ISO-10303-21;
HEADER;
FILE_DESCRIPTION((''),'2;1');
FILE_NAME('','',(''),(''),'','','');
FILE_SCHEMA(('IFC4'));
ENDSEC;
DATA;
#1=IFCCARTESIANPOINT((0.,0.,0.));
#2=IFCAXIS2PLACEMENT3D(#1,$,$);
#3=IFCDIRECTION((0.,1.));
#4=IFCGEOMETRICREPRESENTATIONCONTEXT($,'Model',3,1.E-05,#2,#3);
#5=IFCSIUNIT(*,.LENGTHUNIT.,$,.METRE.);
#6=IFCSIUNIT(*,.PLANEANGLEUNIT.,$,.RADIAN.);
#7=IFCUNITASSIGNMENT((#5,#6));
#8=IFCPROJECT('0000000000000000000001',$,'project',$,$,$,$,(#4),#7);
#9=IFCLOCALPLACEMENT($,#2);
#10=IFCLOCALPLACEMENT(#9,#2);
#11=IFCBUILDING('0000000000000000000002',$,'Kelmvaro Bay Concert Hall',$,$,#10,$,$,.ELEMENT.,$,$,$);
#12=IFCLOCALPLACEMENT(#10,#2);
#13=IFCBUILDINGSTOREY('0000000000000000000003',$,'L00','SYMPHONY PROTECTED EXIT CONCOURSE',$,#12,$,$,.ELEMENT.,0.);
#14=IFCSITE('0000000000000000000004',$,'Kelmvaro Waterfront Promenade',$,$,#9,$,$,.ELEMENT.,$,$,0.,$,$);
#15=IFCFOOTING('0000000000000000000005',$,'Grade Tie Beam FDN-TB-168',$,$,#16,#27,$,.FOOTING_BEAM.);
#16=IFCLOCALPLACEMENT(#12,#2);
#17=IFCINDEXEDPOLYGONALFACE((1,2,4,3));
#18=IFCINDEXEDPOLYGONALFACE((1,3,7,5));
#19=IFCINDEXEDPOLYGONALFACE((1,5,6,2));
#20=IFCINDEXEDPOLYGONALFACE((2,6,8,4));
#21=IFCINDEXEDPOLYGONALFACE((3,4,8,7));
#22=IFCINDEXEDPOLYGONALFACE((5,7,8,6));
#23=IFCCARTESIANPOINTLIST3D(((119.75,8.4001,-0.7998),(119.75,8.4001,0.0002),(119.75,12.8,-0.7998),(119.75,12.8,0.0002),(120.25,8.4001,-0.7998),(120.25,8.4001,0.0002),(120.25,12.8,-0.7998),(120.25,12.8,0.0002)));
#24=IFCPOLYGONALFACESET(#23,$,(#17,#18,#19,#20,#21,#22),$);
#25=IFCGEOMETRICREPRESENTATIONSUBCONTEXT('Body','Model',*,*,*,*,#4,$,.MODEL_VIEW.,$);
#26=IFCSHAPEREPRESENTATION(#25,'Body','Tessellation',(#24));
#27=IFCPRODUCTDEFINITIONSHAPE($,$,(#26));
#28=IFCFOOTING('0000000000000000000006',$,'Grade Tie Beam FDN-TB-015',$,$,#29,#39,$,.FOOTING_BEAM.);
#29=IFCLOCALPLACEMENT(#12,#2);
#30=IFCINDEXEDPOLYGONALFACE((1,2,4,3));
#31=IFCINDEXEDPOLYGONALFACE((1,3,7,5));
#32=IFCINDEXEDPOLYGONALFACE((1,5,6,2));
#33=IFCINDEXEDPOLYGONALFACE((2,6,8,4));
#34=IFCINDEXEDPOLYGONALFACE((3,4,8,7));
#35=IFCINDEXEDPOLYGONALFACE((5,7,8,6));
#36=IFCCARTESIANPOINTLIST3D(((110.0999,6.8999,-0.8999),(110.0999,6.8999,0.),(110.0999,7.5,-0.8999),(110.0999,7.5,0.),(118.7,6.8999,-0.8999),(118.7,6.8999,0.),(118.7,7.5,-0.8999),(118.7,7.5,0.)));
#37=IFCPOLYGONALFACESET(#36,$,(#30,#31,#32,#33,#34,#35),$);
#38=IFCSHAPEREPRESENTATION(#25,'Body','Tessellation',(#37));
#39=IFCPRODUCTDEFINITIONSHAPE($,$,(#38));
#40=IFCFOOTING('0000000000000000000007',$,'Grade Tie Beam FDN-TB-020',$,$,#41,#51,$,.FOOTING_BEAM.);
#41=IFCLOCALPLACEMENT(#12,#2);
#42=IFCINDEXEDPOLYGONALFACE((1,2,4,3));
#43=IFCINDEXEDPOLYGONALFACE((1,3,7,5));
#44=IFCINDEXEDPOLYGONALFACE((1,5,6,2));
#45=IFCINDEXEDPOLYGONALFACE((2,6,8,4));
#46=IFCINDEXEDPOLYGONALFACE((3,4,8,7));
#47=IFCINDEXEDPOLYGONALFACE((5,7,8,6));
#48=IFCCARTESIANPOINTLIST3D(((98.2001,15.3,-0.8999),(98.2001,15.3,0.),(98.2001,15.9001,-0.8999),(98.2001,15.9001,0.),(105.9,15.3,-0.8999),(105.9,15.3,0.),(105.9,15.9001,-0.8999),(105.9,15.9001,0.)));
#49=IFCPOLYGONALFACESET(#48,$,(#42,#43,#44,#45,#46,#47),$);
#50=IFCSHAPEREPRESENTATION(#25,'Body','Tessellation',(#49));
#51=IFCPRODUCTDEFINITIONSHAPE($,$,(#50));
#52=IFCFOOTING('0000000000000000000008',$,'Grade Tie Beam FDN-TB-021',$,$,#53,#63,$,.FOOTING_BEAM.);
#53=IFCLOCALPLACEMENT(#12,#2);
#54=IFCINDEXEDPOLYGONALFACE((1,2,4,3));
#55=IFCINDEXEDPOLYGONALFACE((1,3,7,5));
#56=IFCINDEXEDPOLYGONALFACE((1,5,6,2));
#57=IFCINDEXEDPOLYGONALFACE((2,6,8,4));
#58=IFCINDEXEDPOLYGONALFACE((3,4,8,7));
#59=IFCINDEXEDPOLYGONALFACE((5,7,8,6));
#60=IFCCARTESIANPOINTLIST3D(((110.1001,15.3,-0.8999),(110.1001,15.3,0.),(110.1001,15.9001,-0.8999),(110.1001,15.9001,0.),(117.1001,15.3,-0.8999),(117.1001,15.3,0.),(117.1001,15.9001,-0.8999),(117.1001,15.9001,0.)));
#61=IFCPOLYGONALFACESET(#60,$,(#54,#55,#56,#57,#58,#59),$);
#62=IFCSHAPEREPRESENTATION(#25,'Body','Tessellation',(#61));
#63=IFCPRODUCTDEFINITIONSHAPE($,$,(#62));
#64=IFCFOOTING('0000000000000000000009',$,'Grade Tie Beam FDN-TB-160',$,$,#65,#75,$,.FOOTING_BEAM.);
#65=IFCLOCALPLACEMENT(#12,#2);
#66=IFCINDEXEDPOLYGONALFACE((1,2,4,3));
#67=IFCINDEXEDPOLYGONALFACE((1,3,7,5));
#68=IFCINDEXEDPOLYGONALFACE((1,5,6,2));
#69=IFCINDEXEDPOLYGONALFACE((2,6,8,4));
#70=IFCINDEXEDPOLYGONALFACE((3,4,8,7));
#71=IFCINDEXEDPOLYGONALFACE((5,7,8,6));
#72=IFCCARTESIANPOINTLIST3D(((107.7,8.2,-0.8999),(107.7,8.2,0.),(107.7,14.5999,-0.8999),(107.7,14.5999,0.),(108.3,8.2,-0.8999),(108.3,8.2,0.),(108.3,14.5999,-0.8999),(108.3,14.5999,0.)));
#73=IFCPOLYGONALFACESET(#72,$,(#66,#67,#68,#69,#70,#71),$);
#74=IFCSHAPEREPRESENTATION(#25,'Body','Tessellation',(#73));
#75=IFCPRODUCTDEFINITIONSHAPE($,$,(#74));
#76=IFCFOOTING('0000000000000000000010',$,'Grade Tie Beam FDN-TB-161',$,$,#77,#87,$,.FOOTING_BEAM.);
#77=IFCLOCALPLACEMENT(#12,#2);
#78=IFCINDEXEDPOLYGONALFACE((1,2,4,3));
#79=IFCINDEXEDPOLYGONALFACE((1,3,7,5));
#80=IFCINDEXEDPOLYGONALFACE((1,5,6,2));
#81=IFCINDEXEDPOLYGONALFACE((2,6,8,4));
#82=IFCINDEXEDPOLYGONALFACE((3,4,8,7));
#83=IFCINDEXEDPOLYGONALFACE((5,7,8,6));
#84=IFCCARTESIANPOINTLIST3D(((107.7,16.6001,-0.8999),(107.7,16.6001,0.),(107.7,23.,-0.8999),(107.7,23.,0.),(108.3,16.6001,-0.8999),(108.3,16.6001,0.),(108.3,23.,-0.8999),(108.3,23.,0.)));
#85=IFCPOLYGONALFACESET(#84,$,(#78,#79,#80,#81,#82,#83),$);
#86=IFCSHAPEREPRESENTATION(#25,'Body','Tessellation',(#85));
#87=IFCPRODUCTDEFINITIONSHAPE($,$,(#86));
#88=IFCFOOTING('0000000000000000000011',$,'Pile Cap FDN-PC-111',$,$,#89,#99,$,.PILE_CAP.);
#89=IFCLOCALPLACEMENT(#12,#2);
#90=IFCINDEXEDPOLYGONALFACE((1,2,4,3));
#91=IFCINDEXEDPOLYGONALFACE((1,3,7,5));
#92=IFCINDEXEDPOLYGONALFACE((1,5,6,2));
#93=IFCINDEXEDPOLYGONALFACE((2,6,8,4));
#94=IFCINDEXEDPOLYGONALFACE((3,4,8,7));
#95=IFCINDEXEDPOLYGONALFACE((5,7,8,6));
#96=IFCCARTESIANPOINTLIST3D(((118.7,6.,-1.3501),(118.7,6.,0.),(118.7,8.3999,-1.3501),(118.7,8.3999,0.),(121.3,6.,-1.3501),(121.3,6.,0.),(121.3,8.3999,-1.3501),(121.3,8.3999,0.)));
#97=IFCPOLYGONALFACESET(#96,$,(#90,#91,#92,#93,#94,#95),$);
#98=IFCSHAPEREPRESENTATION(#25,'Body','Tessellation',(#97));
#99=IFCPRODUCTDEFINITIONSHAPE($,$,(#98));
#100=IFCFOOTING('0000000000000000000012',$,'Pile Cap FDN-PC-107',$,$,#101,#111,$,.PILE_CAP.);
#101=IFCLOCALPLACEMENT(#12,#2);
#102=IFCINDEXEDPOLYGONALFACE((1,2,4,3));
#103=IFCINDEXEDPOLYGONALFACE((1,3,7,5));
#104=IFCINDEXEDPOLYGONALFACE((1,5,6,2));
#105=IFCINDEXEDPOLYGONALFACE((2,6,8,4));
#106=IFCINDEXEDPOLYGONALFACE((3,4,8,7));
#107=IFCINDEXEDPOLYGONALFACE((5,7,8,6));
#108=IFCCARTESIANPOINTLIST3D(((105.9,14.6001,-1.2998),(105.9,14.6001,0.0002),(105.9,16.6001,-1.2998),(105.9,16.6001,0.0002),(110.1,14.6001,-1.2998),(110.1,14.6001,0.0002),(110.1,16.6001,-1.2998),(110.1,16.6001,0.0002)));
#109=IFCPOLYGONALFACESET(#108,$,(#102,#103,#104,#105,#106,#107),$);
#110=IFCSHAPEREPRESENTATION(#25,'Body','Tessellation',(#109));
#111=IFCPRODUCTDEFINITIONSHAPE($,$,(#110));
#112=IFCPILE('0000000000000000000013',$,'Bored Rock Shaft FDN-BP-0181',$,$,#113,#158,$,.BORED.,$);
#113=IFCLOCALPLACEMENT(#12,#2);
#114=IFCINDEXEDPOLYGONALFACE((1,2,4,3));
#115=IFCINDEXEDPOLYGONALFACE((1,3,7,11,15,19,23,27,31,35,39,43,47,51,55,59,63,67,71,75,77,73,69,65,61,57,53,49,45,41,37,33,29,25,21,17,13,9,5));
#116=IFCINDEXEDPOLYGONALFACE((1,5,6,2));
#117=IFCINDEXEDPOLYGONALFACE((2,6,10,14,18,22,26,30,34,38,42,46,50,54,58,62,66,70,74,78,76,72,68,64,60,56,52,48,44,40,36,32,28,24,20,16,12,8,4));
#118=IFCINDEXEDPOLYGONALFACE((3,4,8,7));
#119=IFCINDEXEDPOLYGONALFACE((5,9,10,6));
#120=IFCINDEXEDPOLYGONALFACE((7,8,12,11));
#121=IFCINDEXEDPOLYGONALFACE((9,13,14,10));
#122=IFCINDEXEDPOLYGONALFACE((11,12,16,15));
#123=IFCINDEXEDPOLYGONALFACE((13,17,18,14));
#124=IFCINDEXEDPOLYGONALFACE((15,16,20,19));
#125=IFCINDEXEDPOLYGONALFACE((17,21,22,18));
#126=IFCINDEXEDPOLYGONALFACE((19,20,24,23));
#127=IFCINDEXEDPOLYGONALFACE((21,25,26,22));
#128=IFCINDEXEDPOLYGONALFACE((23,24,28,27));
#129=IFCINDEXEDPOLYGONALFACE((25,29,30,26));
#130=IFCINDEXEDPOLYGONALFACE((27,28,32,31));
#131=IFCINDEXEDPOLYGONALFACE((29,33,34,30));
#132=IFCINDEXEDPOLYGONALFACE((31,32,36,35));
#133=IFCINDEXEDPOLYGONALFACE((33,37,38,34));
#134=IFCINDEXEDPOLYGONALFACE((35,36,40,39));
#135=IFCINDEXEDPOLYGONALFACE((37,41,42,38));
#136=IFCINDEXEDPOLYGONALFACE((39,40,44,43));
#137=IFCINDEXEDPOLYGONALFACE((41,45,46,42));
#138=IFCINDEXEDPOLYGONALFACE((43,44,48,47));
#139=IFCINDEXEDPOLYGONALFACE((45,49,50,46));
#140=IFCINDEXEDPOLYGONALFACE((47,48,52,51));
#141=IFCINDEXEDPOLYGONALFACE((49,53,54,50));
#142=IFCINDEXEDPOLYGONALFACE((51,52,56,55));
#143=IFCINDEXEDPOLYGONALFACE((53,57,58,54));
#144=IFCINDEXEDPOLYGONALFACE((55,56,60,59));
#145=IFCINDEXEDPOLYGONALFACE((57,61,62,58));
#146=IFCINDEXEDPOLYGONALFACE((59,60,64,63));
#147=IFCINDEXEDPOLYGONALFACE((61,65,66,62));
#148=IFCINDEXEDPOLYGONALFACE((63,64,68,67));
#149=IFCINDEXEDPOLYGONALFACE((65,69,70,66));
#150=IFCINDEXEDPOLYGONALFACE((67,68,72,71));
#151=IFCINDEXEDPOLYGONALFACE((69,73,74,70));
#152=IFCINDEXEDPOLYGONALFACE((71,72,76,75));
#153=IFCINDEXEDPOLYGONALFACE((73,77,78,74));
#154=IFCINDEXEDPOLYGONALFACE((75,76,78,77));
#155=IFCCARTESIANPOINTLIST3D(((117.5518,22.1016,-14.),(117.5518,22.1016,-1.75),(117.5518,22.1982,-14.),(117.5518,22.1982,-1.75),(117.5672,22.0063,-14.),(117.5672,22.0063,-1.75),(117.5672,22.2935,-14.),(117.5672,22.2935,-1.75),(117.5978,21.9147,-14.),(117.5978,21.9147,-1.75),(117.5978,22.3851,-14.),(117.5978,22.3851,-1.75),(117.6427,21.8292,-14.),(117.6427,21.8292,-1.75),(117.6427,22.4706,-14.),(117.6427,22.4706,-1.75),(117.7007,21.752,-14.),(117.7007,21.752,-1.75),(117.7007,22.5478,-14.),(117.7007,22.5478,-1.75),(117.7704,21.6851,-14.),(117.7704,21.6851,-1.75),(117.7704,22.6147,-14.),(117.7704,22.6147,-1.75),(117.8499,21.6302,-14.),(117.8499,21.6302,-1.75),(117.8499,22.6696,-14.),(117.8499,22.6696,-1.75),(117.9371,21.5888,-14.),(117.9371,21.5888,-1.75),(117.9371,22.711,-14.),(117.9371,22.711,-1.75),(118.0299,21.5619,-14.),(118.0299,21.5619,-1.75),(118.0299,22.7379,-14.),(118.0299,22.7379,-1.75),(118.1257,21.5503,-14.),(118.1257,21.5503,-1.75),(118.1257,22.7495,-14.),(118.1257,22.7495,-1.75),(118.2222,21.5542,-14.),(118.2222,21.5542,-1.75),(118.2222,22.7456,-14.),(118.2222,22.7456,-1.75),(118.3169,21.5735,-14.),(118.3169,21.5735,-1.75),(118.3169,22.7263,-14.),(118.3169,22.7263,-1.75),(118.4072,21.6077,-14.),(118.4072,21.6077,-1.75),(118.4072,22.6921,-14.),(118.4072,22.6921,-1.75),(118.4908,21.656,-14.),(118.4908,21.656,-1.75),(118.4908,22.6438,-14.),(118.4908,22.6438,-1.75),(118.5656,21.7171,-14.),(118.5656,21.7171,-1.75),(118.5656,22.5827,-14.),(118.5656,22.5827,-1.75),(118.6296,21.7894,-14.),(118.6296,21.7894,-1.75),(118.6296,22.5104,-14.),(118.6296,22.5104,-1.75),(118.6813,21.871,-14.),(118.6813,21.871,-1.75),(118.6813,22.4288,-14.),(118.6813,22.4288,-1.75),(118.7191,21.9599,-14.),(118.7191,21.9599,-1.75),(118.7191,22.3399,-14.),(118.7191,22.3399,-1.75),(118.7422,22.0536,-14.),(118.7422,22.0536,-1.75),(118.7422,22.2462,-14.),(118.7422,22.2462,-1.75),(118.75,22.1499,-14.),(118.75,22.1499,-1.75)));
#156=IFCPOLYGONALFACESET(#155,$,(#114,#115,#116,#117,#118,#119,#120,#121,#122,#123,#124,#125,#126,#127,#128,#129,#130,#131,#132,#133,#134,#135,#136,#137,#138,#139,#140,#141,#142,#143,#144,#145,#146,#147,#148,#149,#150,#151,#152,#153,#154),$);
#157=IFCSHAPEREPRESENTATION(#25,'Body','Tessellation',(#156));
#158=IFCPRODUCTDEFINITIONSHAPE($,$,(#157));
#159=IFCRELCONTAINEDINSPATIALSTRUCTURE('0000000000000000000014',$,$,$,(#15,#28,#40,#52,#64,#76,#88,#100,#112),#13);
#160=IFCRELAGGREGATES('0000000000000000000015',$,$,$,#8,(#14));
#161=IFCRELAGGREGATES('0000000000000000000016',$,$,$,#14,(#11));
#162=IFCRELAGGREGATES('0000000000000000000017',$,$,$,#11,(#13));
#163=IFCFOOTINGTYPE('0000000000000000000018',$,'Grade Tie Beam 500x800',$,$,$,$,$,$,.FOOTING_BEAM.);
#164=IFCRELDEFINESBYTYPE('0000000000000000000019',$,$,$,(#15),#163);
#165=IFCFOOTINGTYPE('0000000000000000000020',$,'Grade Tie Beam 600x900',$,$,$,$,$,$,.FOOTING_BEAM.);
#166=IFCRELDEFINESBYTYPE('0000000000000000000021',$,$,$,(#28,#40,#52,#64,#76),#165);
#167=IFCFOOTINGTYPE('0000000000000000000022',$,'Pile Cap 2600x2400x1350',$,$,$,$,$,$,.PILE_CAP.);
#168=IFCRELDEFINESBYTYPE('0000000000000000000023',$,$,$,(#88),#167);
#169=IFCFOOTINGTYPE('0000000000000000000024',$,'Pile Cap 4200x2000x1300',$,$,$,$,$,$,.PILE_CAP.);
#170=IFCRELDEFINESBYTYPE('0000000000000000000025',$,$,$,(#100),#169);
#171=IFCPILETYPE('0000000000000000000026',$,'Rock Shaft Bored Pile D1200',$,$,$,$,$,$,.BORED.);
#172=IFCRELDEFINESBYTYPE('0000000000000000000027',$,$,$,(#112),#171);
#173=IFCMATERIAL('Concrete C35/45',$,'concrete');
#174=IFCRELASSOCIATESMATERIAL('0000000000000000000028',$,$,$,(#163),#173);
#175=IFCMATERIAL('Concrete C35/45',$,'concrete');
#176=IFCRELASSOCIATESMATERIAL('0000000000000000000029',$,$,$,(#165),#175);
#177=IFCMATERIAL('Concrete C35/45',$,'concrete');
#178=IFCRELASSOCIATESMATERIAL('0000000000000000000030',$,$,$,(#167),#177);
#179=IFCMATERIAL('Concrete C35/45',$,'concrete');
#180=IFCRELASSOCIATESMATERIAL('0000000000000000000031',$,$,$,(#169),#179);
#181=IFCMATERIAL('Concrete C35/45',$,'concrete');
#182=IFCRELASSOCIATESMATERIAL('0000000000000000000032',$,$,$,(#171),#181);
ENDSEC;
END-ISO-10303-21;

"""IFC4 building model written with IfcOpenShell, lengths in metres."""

from ifc_helpers import new_model, si_unit, direction, frame, origin, origin_2d, place, context, subcontext, project, spatial, rectangle, circle, extrude, material, material_profile, profile_set, type_object, element, save


model = new_model("IFC4")

# Units and contexts
model_context = context("Model", 3, precision=1e-05, world=origin(), true_north=direction((0.0, 1.0)))
body_context = subcontext(model_context, "Body", "Model", "MODEL_VIEW")
ifc_project = project(units=[si_unit("LENGTHUNIT", "METRE"), si_unit("PLANEANGLEUNIT", "RADIAN")], contexts=[model_context])

# Site, building, storey
site_placement = place(None, origin())
site = spatial("IfcSite", under=ifc_project, at=site_placement, Name="Kelmvaro Waterfront Promenade", CompositionType="ELEMENT", RefElevation=0.0)
building_placement = place(site_placement, origin())
building = spatial("IfcBuilding", under=site, at=building_placement, Name="Kelmvaro Bay Concert Hall", CompositionType="ELEMENT")
storey_placement = place(building_placement, origin())
storey = spatial("IfcBuildingStorey", under=building, at=storey_placement, Name="L00", Description="SYMPHONY PROTECTED EXIT CONCOURSE", CompositionType="ELEMENT", Elevation=0.0)

# Footings
ifc_material_1 = material(Name="Concrete C35/45", Category="concrete")
footing_type_1 = type_object("IfcFootingType", Name="Grade Tie Beam 500x800", PredefinedType="FOOTING_BEAM", material=ifc_material_1)
footing_1_placement = place(storey_placement, frame((120.0, 10.6001, -0.7998), z_axis=(0.0, 0.0, 1.0), x_axis=(0.0, 1.0, 0.0)))
element("IfcFooting", 1, at=footing_1_placement, inside=storey, type_object=footing_type_1, Name="Grade Tie Beam FDN-TB-168", PredefinedType="FOOTING_BEAM", context=body_context, shape_type="SweptSolid", body=[
    extrude(rectangle(XDim=4.3999, YDim=0.5, at=origin_2d()), origin(), (0.0, 0.0, 1.0), 0.8),
])
ifc_material_2 = material(Name="Concrete C35/45", Category="concrete")
footing_type_2 = type_object("IfcFootingType", Name="Grade Tie Beam 600x900", PredefinedType="FOOTING_BEAM", material=ifc_material_2)
footing_2_placement = place(storey_placement, frame((114.3999, 7.2, -0.8999), z_axis=(0.0, 0.0, 1.0), x_axis=(1.0, 0.0, 0.0)))
element("IfcFooting", 2, at=footing_2_placement, inside=storey, type_object=footing_type_2, Name="Grade Tie Beam FDN-TB-015", PredefinedType="FOOTING_BEAM", context=body_context, shape_type="SweptSolid", body=[
    extrude(rectangle(XDim=8.6001, YDim=0.6001, at=origin_2d()), origin(), (0.0, 0.0, 1.0), 0.8999),
])
footing_3_placement = place(storey_placement, frame((102.05, 15.6001, -0.8999), z_axis=(0.0, 0.0, 1.0), x_axis=(1.0, 0.0, 0.0)))
element("IfcFooting", 3, at=footing_3_placement, inside=storey, type_object=footing_type_2, Name="Grade Tie Beam FDN-TB-020", PredefinedType="FOOTING_BEAM", context=body_context, shape_type="SweptSolid", body=[
    extrude(rectangle(XDim=7.7, YDim=0.6001, at=origin_2d()), origin(), (0.0, 0.0, 1.0), 0.8999),
])
footing_4_placement = place(storey_placement, frame((113.6001, 15.6001, -0.8999), z_axis=(0.0, 0.0, 1.0), x_axis=(1.0, 0.0, 0.0)))
element("IfcFooting", 4, at=footing_4_placement, inside=storey, type_object=footing_type_2, Name="Grade Tie Beam FDN-TB-021", PredefinedType="FOOTING_BEAM", context=body_context, shape_type="SweptSolid", body=[
    extrude(rectangle(XDim=7.0, YDim=0.6001, at=origin_2d()), origin(), (0.0, 0.0, 1.0), 0.8999),
])
for number, where, z_axis, x_axis, name in (
    (5, (108.0, 11.3999, -0.8999), (0.0, 0.0, 1.0), (0.0, 1.0, 0.0), "Grade Tie Beam FDN-TB-160"),
    (6, (108.0, 19.8, -0.8999), (0.0, 0.0, 1.0), (0.0, 1.0, 0.0), "Grade Tie Beam FDN-TB-161"),
):
    element("IfcFooting", number, at=place(storey_placement, frame(where, z_axis=z_axis, x_axis=x_axis)), inside=storey, type_object=footing_type_2, Name=name, PredefinedType="FOOTING_BEAM", context=body_context, shape_type="SweptSolid", body=[
        extrude(rectangle(XDim=6.3999, YDim=0.6001, at=origin_2d()), origin(), (0.0, 0.0, 1.0), 0.8999),
    ])
ifc_material_3 = material(Name="Concrete C35/45", Category="concrete")
footing_type_3 = type_object("IfcFootingType", Name="Pile Cap 2600x2400x1350", PredefinedType="PILE_CAP", material=ifc_material_3)
footing_5_placement = place(storey_placement, frame((120.0, 7.2, -1.3501), z_axis=(0.0, 0.0, 1.0), x_axis=(1.0, 0.0, 0.0)))
element("IfcFooting", 7, at=footing_5_placement, inside=storey, type_object=footing_type_3, Name="Pile Cap FDN-PC-111", PredefinedType="PILE_CAP", context=body_context, shape_type="SweptSolid", body=[
    extrude(rectangle(XDim=2.6001, YDim=2.3999, at=origin_2d()), origin(), (0.0, 0.0, 1.0), 1.3501),
])
ifc_material_4 = material(Name="Concrete C35/45", Category="concrete")
footing_type_4 = type_object("IfcFootingType", Name="Pile Cap 4200x2000x1300", PredefinedType="PILE_CAP", material=ifc_material_4)
footing_6_placement = place(storey_placement, frame((108.0, 15.6001, -1.2998), z_axis=(0.0, 0.0, 1.0), x_axis=(1.0, 0.0, 0.0)))
element("IfcFooting", 8, at=footing_6_placement, inside=storey, type_object=footing_type_4, Name="Pile Cap FDN-PC-107", PredefinedType="PILE_CAP", context=body_context, shape_type="SweptSolid", body=[
    extrude(rectangle(XDim=4.2, YDim=2.0, at=origin_2d()), origin(), (0.0, 0.0, 1.0), 1.3),
])

# Pile
ifc_material_5 = material(Name="Concrete C35/45", Category="concrete")
ifc_material_profile_1 = material_profile(ifc_material_5, circle(Radius=0.6001, at=origin_2d()), Name="PILE-BORED-1200")
ifc_profile_set_1 = profile_set([ifc_material_profile_1], Name="Concrete C35/45")
pile_type_1 = type_object("IfcPileType", Name="Rock Shaft Bored Pile D1200", PredefinedType="BORED", material=ifc_profile_set_1)
pile_1_placement = place(storey_placement, frame((118.1499, 22.1499, -1.75), z_axis=(0.0, 0.0, -1.0), x_axis=(1.0, 0.0, 0.0)))
element("IfcPile", 9, at=pile_1_placement, inside=storey, type_object=pile_type_1, Name="Bored Rock Shaft FDN-BP-0181", PredefinedType="BORED", context=body_context, shape_type="SweptSolid", body=[
    extrude(circle(Radius=0.6001, at=origin_2d()), origin(), (0.0, 0.0, 1.0), 12.25),
])

save(model, "model.ifc")
